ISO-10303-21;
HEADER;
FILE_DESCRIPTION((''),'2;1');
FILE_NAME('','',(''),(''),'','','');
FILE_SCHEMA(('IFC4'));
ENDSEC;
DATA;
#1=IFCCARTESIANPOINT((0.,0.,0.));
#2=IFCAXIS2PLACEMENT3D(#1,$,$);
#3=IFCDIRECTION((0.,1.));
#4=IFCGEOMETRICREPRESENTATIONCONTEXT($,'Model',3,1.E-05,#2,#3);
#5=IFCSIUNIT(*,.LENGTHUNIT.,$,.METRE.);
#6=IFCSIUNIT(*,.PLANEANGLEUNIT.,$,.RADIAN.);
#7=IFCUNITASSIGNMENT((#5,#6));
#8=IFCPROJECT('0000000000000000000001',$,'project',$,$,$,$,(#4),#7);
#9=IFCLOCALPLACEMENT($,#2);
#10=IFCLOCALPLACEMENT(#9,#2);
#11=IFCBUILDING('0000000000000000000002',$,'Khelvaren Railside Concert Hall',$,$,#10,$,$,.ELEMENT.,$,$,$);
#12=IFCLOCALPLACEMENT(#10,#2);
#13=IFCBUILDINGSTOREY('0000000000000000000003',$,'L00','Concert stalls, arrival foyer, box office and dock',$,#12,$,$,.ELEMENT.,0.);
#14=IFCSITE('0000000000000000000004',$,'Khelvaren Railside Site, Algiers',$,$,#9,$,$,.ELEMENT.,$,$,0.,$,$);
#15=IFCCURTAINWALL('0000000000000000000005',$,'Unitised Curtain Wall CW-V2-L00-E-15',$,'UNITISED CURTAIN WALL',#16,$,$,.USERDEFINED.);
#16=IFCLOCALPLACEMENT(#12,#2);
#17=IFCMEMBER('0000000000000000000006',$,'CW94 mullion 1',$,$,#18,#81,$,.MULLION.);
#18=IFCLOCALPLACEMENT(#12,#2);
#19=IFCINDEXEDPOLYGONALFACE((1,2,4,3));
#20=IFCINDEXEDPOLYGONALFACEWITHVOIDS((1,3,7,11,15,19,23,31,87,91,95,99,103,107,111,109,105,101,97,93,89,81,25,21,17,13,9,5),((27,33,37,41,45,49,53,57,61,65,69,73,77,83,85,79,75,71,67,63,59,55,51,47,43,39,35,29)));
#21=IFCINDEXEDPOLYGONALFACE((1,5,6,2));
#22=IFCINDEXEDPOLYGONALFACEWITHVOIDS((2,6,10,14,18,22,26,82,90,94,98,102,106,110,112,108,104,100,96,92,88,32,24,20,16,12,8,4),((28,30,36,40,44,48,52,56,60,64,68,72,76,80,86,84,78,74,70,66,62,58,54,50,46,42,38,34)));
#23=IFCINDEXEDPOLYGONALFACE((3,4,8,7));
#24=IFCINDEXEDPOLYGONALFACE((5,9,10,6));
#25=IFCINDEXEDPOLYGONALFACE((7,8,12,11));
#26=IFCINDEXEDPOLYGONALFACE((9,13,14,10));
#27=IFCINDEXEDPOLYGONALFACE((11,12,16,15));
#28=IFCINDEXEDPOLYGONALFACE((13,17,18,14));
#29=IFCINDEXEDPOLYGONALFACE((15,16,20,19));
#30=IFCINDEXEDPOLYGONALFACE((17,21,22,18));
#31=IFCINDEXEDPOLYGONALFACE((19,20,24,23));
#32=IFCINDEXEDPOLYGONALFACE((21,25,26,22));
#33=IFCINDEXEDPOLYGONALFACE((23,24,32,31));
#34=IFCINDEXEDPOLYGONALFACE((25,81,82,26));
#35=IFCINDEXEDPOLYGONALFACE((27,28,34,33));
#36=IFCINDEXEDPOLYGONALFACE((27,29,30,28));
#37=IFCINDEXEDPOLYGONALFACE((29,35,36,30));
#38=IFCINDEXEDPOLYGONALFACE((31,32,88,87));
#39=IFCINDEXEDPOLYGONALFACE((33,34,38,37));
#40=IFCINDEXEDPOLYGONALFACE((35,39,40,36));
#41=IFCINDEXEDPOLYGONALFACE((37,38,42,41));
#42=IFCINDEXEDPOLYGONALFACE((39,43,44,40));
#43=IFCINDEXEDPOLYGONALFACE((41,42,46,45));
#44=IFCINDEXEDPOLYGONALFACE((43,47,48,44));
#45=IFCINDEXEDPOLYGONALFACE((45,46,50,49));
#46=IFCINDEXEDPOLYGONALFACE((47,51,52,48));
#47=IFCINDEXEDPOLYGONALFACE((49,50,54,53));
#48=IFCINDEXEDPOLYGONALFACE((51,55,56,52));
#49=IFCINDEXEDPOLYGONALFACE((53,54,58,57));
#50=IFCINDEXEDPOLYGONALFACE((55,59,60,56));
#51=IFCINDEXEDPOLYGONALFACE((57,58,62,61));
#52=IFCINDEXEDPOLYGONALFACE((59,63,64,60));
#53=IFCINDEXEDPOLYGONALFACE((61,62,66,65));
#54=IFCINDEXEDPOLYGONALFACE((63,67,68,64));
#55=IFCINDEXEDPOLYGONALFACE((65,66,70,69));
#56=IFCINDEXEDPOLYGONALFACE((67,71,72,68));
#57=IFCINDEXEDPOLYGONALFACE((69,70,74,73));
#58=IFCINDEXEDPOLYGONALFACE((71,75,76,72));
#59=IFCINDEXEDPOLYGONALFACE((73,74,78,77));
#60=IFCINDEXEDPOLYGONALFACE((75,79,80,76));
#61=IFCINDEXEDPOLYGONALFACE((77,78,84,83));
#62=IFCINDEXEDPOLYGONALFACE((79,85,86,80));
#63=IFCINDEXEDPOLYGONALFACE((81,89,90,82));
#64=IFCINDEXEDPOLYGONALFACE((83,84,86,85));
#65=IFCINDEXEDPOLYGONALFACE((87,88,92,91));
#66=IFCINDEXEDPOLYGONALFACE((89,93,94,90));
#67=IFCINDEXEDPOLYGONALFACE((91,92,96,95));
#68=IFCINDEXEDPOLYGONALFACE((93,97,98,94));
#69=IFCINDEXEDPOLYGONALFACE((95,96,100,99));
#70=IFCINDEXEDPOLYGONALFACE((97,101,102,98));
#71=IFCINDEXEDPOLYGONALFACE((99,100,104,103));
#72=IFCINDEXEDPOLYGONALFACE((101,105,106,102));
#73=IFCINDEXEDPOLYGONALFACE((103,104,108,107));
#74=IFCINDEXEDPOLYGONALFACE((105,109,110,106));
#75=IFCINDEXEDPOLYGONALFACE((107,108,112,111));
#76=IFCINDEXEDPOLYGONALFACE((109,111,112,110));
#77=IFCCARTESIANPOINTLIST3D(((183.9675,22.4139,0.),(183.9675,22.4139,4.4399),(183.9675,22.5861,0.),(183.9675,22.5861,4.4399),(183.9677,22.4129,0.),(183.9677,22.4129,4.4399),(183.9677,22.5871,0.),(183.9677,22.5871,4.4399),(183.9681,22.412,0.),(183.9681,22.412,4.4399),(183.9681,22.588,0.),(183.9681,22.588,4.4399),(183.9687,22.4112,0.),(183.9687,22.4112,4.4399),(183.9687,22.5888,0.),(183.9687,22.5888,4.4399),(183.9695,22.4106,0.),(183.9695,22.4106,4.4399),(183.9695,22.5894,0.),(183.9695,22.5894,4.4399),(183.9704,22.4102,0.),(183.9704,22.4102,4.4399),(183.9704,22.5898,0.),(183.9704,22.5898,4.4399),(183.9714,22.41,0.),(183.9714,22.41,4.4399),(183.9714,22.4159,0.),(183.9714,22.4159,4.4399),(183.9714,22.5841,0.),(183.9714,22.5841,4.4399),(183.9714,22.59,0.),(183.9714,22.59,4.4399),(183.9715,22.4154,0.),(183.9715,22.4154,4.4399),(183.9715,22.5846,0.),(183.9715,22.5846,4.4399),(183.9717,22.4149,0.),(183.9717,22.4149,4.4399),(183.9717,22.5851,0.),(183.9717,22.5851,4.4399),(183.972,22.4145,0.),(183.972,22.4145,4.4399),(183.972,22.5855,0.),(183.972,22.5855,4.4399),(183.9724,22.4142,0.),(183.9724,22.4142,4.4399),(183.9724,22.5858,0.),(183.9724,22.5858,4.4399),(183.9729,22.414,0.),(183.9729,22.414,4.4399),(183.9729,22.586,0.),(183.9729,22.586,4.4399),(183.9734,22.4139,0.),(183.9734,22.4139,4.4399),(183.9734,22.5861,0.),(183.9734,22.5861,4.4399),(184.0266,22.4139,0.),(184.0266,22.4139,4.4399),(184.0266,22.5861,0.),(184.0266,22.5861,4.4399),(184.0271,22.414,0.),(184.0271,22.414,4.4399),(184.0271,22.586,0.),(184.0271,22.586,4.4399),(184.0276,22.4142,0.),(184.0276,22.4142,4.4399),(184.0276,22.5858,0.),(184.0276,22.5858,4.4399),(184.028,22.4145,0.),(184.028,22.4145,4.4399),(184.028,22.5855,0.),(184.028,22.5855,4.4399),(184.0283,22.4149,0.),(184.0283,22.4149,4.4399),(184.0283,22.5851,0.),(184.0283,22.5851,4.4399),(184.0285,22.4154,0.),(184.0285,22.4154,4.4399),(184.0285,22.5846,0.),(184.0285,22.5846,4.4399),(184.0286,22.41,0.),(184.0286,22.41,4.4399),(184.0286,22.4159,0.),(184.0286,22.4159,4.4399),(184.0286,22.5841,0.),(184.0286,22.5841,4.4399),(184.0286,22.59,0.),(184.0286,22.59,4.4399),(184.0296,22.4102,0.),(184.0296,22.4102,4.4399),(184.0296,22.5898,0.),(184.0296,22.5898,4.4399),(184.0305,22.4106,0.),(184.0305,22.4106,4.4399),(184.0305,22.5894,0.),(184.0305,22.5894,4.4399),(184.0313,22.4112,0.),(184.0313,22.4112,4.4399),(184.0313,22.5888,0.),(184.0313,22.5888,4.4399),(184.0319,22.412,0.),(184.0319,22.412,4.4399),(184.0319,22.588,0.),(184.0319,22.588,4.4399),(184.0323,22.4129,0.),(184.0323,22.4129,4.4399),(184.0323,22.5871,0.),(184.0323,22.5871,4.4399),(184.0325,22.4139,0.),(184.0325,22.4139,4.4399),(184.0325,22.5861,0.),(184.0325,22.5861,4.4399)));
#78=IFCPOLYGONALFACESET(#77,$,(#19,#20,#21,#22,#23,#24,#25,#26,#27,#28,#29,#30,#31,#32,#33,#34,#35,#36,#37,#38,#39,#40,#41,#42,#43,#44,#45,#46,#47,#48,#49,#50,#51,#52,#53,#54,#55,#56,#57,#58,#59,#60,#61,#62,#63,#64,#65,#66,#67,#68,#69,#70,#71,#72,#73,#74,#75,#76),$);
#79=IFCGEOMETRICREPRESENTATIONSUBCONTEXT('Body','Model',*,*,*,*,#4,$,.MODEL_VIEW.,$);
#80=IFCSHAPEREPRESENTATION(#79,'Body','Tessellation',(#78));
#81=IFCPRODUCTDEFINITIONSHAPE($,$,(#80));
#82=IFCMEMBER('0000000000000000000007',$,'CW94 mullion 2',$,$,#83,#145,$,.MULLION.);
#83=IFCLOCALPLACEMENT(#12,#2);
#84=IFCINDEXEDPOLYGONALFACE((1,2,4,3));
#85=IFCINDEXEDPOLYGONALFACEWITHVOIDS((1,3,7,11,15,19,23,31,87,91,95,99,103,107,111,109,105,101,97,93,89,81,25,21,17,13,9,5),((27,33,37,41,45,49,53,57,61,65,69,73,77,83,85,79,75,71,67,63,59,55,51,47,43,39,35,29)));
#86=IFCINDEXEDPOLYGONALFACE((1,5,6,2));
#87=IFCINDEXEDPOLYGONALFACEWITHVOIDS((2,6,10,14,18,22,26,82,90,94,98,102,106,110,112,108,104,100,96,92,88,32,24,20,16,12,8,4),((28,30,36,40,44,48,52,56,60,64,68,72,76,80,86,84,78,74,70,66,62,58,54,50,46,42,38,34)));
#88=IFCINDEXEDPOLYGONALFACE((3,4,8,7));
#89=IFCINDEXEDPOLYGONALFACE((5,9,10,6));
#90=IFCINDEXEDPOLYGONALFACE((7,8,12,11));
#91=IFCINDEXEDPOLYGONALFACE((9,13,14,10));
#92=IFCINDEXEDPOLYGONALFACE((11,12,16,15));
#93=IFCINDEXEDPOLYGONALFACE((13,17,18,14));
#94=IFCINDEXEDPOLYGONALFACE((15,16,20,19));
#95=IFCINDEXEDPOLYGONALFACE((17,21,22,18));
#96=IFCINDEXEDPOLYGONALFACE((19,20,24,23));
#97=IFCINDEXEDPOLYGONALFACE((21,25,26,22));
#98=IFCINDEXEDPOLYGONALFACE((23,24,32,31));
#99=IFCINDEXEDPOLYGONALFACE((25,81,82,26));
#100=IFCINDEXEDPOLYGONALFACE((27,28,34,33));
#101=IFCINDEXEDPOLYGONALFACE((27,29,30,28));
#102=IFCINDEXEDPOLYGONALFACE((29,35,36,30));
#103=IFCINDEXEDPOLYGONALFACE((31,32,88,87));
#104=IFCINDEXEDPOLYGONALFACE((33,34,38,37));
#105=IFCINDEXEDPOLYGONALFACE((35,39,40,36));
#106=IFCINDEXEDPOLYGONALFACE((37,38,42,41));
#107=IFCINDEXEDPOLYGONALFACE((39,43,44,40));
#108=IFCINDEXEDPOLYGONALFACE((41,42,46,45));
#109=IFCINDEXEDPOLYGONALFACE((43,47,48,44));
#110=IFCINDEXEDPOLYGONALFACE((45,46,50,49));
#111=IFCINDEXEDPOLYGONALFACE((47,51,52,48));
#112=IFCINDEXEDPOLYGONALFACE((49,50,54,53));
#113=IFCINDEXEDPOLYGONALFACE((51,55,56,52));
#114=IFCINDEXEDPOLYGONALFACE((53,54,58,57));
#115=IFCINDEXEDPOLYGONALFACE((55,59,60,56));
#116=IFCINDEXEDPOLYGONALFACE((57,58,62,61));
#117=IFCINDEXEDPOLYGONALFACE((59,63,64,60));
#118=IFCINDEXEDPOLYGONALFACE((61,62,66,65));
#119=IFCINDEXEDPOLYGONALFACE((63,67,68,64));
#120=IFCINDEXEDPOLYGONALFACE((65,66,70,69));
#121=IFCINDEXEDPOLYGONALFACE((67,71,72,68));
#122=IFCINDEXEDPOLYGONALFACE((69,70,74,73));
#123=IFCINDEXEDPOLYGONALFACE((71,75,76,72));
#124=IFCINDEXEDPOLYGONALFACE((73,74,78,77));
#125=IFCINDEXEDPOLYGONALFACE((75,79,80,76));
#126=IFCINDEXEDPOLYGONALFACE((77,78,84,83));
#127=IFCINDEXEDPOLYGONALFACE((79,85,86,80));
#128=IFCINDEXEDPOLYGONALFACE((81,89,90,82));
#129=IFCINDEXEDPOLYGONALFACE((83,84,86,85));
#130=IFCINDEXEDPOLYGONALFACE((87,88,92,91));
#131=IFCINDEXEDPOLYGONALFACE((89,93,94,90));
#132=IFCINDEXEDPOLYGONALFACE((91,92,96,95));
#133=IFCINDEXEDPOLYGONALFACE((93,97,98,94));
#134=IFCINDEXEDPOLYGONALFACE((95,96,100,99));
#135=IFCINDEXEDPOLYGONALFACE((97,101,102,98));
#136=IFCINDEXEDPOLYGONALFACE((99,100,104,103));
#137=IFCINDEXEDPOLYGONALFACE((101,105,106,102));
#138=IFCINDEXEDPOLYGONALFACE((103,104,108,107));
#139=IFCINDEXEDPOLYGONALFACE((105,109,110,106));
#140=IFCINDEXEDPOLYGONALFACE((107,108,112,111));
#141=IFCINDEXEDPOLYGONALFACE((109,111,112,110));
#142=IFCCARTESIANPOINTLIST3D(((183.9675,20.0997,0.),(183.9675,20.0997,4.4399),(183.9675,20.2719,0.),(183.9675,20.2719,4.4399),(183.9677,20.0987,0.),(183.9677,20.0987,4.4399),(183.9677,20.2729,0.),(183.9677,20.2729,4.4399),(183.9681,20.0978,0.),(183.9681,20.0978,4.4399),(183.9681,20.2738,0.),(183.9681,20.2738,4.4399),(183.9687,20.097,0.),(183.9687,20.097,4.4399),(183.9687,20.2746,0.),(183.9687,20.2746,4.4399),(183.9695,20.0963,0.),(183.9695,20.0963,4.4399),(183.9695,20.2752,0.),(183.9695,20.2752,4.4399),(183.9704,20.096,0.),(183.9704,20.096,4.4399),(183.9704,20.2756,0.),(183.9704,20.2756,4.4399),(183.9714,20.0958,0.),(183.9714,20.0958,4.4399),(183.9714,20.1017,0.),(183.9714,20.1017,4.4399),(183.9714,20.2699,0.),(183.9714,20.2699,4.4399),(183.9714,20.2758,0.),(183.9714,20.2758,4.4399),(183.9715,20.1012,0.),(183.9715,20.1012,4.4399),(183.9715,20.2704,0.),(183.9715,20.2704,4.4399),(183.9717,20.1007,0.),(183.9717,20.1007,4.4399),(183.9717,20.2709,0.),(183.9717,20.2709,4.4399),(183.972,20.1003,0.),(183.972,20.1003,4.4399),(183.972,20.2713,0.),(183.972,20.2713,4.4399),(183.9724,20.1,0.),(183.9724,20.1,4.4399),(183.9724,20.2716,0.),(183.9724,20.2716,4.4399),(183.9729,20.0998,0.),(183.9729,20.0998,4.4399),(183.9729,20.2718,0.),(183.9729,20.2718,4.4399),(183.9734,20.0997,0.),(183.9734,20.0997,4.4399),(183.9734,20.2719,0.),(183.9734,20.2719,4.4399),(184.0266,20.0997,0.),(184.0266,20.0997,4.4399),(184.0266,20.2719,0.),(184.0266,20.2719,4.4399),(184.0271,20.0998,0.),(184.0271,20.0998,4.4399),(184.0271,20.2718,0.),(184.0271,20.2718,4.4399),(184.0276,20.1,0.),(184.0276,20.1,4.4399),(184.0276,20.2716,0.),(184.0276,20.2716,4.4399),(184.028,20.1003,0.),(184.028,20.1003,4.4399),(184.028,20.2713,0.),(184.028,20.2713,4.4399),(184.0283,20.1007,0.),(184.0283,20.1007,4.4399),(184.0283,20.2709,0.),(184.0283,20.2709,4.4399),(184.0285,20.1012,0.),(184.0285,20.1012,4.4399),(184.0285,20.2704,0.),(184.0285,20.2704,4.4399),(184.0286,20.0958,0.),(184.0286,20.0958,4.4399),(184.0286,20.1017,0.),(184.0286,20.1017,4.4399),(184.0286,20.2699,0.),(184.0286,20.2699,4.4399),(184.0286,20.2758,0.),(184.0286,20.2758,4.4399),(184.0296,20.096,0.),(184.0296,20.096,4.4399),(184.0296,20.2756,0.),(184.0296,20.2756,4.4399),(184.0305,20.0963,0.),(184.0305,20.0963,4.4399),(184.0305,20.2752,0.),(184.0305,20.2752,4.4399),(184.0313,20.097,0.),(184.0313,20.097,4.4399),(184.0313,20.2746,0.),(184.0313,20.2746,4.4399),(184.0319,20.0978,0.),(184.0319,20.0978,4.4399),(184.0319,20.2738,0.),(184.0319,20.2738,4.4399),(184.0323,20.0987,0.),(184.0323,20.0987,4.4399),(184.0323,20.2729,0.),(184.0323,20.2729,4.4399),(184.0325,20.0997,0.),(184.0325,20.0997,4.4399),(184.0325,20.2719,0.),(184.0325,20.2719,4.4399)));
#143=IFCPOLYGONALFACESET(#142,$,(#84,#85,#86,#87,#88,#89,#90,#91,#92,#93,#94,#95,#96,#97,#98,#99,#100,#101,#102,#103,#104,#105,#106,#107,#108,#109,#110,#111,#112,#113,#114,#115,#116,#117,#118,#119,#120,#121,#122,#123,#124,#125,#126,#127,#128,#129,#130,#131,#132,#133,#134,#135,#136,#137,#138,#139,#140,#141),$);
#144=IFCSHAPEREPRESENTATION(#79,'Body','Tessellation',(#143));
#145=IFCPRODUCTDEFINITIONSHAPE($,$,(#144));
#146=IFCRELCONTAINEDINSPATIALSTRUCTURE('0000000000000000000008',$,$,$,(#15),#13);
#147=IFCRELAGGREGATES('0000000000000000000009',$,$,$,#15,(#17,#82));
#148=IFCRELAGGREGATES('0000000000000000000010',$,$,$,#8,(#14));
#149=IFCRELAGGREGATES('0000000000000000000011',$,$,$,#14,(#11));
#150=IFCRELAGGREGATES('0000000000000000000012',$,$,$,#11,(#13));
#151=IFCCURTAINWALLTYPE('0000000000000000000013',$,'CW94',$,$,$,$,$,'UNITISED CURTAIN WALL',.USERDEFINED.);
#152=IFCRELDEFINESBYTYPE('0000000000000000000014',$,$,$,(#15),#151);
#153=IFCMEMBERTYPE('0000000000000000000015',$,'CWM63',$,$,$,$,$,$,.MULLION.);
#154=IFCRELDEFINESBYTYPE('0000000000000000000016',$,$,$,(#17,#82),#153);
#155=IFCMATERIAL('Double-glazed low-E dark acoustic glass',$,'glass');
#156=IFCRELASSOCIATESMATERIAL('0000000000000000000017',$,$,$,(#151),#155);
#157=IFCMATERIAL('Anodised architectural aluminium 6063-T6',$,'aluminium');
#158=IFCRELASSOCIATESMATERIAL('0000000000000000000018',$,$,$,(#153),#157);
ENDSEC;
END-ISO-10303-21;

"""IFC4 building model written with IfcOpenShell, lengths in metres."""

from ifc_helpers import new_model, si_unit, direction, frame, origin, origin_2d, place, context, subcontext, project, spatial, hollow_rectangle, extrude, material, material_profile, profile_set, type_object, element, aggregate, save


model = new_model("IFC4")

# Units and contexts
model_context = context("Model", 3, precision=1e-05, world=origin(), true_north=direction((0.0, 1.0)))
body_context = subcontext(model_context, "Body", "Model", "MODEL_VIEW")
ifc_project = project(units=[si_unit("LENGTHUNIT", "METRE"), si_unit("PLANEANGLEUNIT", "RADIAN")], contexts=[model_context])

# Site, building, storey
site_placement = place(None, origin())
site = spatial("IfcSite", under=ifc_project, at=site_placement, Name="Khelvaren Railside Site, Algiers", CompositionType="ELEMENT", RefElevation=0.0)
building_placement = place(site_placement, origin())
building = spatial("IfcBuilding", under=site, at=building_placement, Name="Khelvaren Railside Concert Hall", CompositionType="ELEMENT")
storey_placement = place(building_placement, origin())
storey = spatial("IfcBuildingStorey", under=building, at=storey_placement, Name="L00", Description="Concert stalls, arrival foyer, box office and dock", CompositionType="ELEMENT", Elevation=0.0)

# Curtain wall, members
ifc_material_1 = material(Name="Double-glazed low-E dark acoustic glass", Category="glass")
curtain_wall_type_1 = type_object("IfcCurtainWallType", Name="CW94", ElementType="UNITISED CURTAIN WALL", PredefinedType="USERDEFINED", material=ifc_material_1)
curtain_wall_1_placement = place(storey_placement, origin())
curtain_wall_1 = element("IfcCurtainWall", 1, at=curtain_wall_1_placement, inside=storey, type_object=curtain_wall_type_1, Name="Unitised Curtain Wall CW-V2-L00-E-15", ObjectType="UNITISED CURTAIN WALL", PredefinedType="USERDEFINED")
ifc_material_2 = material(Name="Anodised architectural aluminium 6063-T6", Category="aluminium")
ifc_material_profile_1 = material_profile(ifc_material_2, hollow_rectangle(XDim=0.0649, YDim=0.1799, WallThickness=0.0039, InnerFilletRadius=0.002, OuterFilletRadius=0.0039, at=origin_2d()), Name="CWM 65x180x4")
ifc_profile_set_1 = profile_set([ifc_material_profile_1], Name="Anodised architectural aluminium 6063-T6")
member_type_1 = type_object("IfcMemberType", Name="CWM63", PredefinedType="MULLION", material=ifc_profile_set_1)
member_1_placement = place(storey_placement, frame((184.0, 22.5, 0.0), z_axis=(0.0, 0.0, 1.0), x_axis=(1.0, 0.0, 0.0)))
member_1 = element("IfcMember", 2, at=member_1_placement, type_object=member_type_1, Name="CW94 mullion 1", PredefinedType="MULLION", context=body_context, shape_type="SweptSolid", body=[
    extrude(hollow_rectangle(XDim=0.0649, YDim=0.1799, WallThickness=0.0039, InnerFilletRadius=0.002, OuterFilletRadius=0.0039, at=origin_2d()), origin(), (0.0, 0.0, 1.0), 4.4399),
])
member_2_placement = place(storey_placement, frame((184.0, 20.1858, 0.0), z_axis=(0.0, 0.0, 1.0), x_axis=(1.0, 0.0, 0.0)))
member_2 = element("IfcMember", 3, at=member_2_placement, type_object=member_type_1, Name="CW94 mullion 2", PredefinedType="MULLION", context=body_context, shape_type="SweptSolid", body=[
    extrude(hollow_rectangle(XDim=0.0649, YDim=0.1799, WallThickness=0.0039, InnerFilletRadius=0.002, OuterFilletRadius=0.0039, at=origin_2d()), origin(), (0.0, 0.0, 1.0), 4.4399),
])

aggregate(curtain_wall_1, [member_1, member_2])

save(model, "model.ifc")
